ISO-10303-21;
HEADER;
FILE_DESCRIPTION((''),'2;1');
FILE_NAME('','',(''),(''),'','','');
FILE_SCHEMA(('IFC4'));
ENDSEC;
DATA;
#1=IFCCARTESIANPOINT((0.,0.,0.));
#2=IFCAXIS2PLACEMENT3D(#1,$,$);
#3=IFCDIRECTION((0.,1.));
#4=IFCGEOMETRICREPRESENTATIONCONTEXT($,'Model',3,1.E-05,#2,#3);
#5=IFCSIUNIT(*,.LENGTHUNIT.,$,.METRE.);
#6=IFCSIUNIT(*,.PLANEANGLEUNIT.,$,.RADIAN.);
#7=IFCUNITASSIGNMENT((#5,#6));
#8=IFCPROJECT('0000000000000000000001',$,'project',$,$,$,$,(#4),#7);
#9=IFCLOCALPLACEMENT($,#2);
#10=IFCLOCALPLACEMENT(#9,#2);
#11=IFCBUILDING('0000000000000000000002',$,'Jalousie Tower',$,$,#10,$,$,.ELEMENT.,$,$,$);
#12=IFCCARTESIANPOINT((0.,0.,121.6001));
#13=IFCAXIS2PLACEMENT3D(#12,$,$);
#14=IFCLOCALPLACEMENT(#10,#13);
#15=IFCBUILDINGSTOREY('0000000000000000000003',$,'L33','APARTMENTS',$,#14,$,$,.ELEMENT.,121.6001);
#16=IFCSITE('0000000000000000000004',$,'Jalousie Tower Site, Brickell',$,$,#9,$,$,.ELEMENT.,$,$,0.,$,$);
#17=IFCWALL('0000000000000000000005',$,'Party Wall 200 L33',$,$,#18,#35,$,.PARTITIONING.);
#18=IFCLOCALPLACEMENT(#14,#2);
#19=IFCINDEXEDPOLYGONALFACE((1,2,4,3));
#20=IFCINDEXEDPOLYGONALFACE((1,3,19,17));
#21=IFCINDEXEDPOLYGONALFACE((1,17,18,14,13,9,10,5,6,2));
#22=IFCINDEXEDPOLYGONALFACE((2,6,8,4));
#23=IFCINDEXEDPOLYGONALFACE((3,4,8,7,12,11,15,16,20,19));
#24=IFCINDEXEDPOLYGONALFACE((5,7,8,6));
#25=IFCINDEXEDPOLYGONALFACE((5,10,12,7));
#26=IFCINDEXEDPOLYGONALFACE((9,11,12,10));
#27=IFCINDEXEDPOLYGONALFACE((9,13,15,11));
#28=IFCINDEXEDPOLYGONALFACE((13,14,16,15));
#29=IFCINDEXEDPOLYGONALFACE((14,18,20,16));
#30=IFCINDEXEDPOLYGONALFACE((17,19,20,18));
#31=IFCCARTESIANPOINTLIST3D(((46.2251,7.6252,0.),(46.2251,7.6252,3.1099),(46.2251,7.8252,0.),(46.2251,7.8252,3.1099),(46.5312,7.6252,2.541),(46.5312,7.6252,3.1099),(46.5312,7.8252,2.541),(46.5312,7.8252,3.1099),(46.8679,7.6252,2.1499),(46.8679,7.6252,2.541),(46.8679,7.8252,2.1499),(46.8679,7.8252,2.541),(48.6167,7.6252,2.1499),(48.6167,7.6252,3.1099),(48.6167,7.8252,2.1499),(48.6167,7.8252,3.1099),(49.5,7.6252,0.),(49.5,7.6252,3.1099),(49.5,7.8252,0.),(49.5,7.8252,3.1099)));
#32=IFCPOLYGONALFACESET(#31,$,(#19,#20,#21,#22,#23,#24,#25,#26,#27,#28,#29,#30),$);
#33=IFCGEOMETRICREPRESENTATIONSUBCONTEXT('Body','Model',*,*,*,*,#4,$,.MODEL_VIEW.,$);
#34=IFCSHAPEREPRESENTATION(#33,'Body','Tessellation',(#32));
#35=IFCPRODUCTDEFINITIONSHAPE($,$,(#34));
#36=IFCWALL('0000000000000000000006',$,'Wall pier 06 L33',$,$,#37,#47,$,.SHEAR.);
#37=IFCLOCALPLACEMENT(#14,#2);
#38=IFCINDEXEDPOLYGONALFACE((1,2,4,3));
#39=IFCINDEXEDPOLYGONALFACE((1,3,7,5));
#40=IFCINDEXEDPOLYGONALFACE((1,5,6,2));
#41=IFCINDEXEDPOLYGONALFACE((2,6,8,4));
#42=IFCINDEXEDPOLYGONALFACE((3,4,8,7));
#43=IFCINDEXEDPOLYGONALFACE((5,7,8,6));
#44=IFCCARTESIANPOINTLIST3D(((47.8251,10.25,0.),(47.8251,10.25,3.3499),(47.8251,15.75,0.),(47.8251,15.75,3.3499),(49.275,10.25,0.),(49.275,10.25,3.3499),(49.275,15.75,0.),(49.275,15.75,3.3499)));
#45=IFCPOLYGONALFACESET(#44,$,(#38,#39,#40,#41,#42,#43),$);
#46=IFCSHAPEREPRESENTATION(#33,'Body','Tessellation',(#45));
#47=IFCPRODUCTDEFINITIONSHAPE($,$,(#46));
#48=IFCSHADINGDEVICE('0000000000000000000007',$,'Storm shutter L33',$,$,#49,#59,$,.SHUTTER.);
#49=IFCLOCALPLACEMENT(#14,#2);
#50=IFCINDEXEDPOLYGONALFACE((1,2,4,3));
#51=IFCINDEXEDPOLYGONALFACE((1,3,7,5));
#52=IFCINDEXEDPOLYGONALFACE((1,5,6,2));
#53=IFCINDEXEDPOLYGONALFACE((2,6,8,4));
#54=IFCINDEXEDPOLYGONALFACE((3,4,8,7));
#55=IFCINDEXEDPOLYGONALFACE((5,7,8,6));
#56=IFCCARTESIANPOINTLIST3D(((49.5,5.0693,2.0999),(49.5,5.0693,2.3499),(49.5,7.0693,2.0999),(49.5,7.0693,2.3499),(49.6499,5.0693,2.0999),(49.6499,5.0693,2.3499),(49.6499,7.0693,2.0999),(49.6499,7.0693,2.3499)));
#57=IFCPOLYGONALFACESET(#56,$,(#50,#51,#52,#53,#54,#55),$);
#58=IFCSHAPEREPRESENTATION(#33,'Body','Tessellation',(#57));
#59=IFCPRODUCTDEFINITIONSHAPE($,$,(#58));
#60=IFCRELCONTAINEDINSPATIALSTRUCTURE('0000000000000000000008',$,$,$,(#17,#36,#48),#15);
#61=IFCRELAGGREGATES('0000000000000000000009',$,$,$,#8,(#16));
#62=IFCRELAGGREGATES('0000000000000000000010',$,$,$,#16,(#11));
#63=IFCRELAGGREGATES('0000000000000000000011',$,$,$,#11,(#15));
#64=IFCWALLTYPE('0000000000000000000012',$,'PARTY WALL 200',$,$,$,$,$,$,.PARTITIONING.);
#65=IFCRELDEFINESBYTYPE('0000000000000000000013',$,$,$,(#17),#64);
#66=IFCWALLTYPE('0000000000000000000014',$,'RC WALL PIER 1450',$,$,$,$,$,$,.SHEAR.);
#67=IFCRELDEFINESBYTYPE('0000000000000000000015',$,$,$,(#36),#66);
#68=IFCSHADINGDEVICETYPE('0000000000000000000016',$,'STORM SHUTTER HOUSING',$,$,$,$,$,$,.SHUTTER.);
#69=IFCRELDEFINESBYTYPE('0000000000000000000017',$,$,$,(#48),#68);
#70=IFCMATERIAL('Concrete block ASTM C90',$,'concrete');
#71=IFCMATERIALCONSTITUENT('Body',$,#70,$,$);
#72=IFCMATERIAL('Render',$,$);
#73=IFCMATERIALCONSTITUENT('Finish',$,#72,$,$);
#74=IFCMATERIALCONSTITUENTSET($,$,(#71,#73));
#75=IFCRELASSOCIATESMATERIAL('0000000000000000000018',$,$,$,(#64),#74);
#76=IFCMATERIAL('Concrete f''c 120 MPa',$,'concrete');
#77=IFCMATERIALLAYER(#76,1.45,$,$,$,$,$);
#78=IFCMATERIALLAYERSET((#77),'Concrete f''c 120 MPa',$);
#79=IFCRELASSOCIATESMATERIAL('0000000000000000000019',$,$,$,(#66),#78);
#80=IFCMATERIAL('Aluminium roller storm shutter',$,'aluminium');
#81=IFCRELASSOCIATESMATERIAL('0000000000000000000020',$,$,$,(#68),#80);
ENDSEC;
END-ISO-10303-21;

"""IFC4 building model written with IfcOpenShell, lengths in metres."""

from ifc_helpers import new_model, si_unit, direction, frame, frame_2d, origin, origin_2d, place, context, subcontext, project, spatial, polyline, rectangle, outline, extrude, material, layer, layer_set, constituent, constituent_set, type_object, element, save


model = new_model("IFC4")

# Units and contexts
model_context = context("Model", 3, precision=1e-05, world=origin(), true_north=direction((0.0, 1.0)))
body_context = subcontext(model_context, "Body", "Model", "MODEL_VIEW")
ifc_project = project(units=[si_unit("LENGTHUNIT", "METRE"), si_unit("PLANEANGLEUNIT", "RADIAN")], contexts=[model_context])

# Site, building, storey
site_placement = place(None, origin())
site = spatial("IfcSite", under=ifc_project, at=site_placement, Name="Jalousie Tower Site, Brickell", CompositionType="ELEMENT", RefElevation=0.0)
building_placement = place(site_placement, origin())
building = spatial("IfcBuilding", under=site, at=building_placement, Name="Jalousie Tower", CompositionType="ELEMENT")
storey_placement = place(building_placement, frame((0.0, 0.0, 121.6001)))
storey = spatial("IfcBuildingStorey", under=building, at=storey_placement, Name="L33", Description="APARTMENTS", CompositionType="ELEMENT", Elevation=121.6001)

# Walls
ifc_material_1 = material(Name="Concrete block ASTM C90", Category="concrete")
ifc_constituent_1 = constituent(ifc_material_1, Name="Body")
ifc_material_2 = material(Name="Render")
ifc_constituent_2 = constituent(ifc_material_2, Name="Finish")
ifc_constituent_set_1 = constituent_set(constituents=[ifc_constituent_1, ifc_constituent_2])
wall_type_1 = type_object("IfcWallType", Name="PARTY WALL 200", PredefinedType="PARTITIONING", material=ifc_constituent_set_1)
wall_1_placement = place(storey_placement, frame((46.2251, 7.7251, 0.0), z_axis=(0.0, 0.0, 1.0), x_axis=(1.0, 0.0, 0.0)))
element("IfcWall", 1, at=wall_1_placement, inside=storey, type_object=wall_type_1, Name="Party Wall 200 L33", PredefinedType="PARTITIONING", context=body_context, shape_type="SweptSolid", body=[
    extrude(outline(polyline([(0.0, 0.0), (3.2749, 0.0), (3.2749, 3.1099), (2.3916, 3.1099), (2.3916, 2.1499), (0.6428, 2.1499), (0.6428, 2.541), (0.3062, 2.541), (0.3062, 3.1099), (0.0, 3.1099), (0.0, 0.0)])), frame((0.0, 0.1001, 0.0), z_axis=(0.0, -1.0, 0.0), x_axis=(1.0, 0.0, 0.0)), (0.0, 0.0, 1.0), 0.2),
])
ifc_material_3 = material(Name="Concrete f'c 120 MPa", Category="concrete")
ifc_layer_1 = layer(ifc_material_3, 1.45)
ifc_layer_set_1 = layer_set([ifc_layer_1], Name="Concrete f'c 120 MPa")
wall_type_2 = type_object("IfcWallType", Name="RC WALL PIER 1450", PredefinedType="SHEAR", material=ifc_layer_set_1)
wall_2_placement = place(storey_placement, frame((48.55, 10.25, 0.0), z_axis=(0.0, 0.0, 1.0), x_axis=(0.0, 1.0, 0.0)))
element("IfcWall", 2, at=wall_2_placement, inside=storey, type_object=wall_type_2, Name="Wall pier 06 L33", PredefinedType="SHEAR", context=body_context, shape_type="SweptSolid", body=[
    extrude(rectangle(XDim=5.5, YDim=1.45, at=frame_2d((2.75, 0.0))), origin(), (0.0, 0.0, 1.0), 3.3499),
])

# Shading device
ifc_material_4 = material(Name="Aluminium roller storm shutter", Category="aluminium")
shading_device_type = type_object("IfcShadingDeviceType", Name="STORM SHUTTER HOUSING", PredefinedType="SHUTTER", material=ifc_material_4)
shading_device_placement = place(storey_placement, frame((49.575, 6.0693, 2.0999), z_axis=(0.0, 0.0, 1.0), x_axis=(0.0, 1.0, 0.0)))
element("IfcShadingDevice", 3, at=shading_device_placement, inside=storey, type_object=shading_device_type, Name="Storm shutter L33", PredefinedType="SHUTTER", context=body_context, shape_type="SweptSolid", body=[
    extrude(rectangle(XDim=2.0, YDim=0.1499, at=origin_2d()), origin(), (0.0, 0.0, 1.0), 0.25),
])

save(model, "model.ifc")
